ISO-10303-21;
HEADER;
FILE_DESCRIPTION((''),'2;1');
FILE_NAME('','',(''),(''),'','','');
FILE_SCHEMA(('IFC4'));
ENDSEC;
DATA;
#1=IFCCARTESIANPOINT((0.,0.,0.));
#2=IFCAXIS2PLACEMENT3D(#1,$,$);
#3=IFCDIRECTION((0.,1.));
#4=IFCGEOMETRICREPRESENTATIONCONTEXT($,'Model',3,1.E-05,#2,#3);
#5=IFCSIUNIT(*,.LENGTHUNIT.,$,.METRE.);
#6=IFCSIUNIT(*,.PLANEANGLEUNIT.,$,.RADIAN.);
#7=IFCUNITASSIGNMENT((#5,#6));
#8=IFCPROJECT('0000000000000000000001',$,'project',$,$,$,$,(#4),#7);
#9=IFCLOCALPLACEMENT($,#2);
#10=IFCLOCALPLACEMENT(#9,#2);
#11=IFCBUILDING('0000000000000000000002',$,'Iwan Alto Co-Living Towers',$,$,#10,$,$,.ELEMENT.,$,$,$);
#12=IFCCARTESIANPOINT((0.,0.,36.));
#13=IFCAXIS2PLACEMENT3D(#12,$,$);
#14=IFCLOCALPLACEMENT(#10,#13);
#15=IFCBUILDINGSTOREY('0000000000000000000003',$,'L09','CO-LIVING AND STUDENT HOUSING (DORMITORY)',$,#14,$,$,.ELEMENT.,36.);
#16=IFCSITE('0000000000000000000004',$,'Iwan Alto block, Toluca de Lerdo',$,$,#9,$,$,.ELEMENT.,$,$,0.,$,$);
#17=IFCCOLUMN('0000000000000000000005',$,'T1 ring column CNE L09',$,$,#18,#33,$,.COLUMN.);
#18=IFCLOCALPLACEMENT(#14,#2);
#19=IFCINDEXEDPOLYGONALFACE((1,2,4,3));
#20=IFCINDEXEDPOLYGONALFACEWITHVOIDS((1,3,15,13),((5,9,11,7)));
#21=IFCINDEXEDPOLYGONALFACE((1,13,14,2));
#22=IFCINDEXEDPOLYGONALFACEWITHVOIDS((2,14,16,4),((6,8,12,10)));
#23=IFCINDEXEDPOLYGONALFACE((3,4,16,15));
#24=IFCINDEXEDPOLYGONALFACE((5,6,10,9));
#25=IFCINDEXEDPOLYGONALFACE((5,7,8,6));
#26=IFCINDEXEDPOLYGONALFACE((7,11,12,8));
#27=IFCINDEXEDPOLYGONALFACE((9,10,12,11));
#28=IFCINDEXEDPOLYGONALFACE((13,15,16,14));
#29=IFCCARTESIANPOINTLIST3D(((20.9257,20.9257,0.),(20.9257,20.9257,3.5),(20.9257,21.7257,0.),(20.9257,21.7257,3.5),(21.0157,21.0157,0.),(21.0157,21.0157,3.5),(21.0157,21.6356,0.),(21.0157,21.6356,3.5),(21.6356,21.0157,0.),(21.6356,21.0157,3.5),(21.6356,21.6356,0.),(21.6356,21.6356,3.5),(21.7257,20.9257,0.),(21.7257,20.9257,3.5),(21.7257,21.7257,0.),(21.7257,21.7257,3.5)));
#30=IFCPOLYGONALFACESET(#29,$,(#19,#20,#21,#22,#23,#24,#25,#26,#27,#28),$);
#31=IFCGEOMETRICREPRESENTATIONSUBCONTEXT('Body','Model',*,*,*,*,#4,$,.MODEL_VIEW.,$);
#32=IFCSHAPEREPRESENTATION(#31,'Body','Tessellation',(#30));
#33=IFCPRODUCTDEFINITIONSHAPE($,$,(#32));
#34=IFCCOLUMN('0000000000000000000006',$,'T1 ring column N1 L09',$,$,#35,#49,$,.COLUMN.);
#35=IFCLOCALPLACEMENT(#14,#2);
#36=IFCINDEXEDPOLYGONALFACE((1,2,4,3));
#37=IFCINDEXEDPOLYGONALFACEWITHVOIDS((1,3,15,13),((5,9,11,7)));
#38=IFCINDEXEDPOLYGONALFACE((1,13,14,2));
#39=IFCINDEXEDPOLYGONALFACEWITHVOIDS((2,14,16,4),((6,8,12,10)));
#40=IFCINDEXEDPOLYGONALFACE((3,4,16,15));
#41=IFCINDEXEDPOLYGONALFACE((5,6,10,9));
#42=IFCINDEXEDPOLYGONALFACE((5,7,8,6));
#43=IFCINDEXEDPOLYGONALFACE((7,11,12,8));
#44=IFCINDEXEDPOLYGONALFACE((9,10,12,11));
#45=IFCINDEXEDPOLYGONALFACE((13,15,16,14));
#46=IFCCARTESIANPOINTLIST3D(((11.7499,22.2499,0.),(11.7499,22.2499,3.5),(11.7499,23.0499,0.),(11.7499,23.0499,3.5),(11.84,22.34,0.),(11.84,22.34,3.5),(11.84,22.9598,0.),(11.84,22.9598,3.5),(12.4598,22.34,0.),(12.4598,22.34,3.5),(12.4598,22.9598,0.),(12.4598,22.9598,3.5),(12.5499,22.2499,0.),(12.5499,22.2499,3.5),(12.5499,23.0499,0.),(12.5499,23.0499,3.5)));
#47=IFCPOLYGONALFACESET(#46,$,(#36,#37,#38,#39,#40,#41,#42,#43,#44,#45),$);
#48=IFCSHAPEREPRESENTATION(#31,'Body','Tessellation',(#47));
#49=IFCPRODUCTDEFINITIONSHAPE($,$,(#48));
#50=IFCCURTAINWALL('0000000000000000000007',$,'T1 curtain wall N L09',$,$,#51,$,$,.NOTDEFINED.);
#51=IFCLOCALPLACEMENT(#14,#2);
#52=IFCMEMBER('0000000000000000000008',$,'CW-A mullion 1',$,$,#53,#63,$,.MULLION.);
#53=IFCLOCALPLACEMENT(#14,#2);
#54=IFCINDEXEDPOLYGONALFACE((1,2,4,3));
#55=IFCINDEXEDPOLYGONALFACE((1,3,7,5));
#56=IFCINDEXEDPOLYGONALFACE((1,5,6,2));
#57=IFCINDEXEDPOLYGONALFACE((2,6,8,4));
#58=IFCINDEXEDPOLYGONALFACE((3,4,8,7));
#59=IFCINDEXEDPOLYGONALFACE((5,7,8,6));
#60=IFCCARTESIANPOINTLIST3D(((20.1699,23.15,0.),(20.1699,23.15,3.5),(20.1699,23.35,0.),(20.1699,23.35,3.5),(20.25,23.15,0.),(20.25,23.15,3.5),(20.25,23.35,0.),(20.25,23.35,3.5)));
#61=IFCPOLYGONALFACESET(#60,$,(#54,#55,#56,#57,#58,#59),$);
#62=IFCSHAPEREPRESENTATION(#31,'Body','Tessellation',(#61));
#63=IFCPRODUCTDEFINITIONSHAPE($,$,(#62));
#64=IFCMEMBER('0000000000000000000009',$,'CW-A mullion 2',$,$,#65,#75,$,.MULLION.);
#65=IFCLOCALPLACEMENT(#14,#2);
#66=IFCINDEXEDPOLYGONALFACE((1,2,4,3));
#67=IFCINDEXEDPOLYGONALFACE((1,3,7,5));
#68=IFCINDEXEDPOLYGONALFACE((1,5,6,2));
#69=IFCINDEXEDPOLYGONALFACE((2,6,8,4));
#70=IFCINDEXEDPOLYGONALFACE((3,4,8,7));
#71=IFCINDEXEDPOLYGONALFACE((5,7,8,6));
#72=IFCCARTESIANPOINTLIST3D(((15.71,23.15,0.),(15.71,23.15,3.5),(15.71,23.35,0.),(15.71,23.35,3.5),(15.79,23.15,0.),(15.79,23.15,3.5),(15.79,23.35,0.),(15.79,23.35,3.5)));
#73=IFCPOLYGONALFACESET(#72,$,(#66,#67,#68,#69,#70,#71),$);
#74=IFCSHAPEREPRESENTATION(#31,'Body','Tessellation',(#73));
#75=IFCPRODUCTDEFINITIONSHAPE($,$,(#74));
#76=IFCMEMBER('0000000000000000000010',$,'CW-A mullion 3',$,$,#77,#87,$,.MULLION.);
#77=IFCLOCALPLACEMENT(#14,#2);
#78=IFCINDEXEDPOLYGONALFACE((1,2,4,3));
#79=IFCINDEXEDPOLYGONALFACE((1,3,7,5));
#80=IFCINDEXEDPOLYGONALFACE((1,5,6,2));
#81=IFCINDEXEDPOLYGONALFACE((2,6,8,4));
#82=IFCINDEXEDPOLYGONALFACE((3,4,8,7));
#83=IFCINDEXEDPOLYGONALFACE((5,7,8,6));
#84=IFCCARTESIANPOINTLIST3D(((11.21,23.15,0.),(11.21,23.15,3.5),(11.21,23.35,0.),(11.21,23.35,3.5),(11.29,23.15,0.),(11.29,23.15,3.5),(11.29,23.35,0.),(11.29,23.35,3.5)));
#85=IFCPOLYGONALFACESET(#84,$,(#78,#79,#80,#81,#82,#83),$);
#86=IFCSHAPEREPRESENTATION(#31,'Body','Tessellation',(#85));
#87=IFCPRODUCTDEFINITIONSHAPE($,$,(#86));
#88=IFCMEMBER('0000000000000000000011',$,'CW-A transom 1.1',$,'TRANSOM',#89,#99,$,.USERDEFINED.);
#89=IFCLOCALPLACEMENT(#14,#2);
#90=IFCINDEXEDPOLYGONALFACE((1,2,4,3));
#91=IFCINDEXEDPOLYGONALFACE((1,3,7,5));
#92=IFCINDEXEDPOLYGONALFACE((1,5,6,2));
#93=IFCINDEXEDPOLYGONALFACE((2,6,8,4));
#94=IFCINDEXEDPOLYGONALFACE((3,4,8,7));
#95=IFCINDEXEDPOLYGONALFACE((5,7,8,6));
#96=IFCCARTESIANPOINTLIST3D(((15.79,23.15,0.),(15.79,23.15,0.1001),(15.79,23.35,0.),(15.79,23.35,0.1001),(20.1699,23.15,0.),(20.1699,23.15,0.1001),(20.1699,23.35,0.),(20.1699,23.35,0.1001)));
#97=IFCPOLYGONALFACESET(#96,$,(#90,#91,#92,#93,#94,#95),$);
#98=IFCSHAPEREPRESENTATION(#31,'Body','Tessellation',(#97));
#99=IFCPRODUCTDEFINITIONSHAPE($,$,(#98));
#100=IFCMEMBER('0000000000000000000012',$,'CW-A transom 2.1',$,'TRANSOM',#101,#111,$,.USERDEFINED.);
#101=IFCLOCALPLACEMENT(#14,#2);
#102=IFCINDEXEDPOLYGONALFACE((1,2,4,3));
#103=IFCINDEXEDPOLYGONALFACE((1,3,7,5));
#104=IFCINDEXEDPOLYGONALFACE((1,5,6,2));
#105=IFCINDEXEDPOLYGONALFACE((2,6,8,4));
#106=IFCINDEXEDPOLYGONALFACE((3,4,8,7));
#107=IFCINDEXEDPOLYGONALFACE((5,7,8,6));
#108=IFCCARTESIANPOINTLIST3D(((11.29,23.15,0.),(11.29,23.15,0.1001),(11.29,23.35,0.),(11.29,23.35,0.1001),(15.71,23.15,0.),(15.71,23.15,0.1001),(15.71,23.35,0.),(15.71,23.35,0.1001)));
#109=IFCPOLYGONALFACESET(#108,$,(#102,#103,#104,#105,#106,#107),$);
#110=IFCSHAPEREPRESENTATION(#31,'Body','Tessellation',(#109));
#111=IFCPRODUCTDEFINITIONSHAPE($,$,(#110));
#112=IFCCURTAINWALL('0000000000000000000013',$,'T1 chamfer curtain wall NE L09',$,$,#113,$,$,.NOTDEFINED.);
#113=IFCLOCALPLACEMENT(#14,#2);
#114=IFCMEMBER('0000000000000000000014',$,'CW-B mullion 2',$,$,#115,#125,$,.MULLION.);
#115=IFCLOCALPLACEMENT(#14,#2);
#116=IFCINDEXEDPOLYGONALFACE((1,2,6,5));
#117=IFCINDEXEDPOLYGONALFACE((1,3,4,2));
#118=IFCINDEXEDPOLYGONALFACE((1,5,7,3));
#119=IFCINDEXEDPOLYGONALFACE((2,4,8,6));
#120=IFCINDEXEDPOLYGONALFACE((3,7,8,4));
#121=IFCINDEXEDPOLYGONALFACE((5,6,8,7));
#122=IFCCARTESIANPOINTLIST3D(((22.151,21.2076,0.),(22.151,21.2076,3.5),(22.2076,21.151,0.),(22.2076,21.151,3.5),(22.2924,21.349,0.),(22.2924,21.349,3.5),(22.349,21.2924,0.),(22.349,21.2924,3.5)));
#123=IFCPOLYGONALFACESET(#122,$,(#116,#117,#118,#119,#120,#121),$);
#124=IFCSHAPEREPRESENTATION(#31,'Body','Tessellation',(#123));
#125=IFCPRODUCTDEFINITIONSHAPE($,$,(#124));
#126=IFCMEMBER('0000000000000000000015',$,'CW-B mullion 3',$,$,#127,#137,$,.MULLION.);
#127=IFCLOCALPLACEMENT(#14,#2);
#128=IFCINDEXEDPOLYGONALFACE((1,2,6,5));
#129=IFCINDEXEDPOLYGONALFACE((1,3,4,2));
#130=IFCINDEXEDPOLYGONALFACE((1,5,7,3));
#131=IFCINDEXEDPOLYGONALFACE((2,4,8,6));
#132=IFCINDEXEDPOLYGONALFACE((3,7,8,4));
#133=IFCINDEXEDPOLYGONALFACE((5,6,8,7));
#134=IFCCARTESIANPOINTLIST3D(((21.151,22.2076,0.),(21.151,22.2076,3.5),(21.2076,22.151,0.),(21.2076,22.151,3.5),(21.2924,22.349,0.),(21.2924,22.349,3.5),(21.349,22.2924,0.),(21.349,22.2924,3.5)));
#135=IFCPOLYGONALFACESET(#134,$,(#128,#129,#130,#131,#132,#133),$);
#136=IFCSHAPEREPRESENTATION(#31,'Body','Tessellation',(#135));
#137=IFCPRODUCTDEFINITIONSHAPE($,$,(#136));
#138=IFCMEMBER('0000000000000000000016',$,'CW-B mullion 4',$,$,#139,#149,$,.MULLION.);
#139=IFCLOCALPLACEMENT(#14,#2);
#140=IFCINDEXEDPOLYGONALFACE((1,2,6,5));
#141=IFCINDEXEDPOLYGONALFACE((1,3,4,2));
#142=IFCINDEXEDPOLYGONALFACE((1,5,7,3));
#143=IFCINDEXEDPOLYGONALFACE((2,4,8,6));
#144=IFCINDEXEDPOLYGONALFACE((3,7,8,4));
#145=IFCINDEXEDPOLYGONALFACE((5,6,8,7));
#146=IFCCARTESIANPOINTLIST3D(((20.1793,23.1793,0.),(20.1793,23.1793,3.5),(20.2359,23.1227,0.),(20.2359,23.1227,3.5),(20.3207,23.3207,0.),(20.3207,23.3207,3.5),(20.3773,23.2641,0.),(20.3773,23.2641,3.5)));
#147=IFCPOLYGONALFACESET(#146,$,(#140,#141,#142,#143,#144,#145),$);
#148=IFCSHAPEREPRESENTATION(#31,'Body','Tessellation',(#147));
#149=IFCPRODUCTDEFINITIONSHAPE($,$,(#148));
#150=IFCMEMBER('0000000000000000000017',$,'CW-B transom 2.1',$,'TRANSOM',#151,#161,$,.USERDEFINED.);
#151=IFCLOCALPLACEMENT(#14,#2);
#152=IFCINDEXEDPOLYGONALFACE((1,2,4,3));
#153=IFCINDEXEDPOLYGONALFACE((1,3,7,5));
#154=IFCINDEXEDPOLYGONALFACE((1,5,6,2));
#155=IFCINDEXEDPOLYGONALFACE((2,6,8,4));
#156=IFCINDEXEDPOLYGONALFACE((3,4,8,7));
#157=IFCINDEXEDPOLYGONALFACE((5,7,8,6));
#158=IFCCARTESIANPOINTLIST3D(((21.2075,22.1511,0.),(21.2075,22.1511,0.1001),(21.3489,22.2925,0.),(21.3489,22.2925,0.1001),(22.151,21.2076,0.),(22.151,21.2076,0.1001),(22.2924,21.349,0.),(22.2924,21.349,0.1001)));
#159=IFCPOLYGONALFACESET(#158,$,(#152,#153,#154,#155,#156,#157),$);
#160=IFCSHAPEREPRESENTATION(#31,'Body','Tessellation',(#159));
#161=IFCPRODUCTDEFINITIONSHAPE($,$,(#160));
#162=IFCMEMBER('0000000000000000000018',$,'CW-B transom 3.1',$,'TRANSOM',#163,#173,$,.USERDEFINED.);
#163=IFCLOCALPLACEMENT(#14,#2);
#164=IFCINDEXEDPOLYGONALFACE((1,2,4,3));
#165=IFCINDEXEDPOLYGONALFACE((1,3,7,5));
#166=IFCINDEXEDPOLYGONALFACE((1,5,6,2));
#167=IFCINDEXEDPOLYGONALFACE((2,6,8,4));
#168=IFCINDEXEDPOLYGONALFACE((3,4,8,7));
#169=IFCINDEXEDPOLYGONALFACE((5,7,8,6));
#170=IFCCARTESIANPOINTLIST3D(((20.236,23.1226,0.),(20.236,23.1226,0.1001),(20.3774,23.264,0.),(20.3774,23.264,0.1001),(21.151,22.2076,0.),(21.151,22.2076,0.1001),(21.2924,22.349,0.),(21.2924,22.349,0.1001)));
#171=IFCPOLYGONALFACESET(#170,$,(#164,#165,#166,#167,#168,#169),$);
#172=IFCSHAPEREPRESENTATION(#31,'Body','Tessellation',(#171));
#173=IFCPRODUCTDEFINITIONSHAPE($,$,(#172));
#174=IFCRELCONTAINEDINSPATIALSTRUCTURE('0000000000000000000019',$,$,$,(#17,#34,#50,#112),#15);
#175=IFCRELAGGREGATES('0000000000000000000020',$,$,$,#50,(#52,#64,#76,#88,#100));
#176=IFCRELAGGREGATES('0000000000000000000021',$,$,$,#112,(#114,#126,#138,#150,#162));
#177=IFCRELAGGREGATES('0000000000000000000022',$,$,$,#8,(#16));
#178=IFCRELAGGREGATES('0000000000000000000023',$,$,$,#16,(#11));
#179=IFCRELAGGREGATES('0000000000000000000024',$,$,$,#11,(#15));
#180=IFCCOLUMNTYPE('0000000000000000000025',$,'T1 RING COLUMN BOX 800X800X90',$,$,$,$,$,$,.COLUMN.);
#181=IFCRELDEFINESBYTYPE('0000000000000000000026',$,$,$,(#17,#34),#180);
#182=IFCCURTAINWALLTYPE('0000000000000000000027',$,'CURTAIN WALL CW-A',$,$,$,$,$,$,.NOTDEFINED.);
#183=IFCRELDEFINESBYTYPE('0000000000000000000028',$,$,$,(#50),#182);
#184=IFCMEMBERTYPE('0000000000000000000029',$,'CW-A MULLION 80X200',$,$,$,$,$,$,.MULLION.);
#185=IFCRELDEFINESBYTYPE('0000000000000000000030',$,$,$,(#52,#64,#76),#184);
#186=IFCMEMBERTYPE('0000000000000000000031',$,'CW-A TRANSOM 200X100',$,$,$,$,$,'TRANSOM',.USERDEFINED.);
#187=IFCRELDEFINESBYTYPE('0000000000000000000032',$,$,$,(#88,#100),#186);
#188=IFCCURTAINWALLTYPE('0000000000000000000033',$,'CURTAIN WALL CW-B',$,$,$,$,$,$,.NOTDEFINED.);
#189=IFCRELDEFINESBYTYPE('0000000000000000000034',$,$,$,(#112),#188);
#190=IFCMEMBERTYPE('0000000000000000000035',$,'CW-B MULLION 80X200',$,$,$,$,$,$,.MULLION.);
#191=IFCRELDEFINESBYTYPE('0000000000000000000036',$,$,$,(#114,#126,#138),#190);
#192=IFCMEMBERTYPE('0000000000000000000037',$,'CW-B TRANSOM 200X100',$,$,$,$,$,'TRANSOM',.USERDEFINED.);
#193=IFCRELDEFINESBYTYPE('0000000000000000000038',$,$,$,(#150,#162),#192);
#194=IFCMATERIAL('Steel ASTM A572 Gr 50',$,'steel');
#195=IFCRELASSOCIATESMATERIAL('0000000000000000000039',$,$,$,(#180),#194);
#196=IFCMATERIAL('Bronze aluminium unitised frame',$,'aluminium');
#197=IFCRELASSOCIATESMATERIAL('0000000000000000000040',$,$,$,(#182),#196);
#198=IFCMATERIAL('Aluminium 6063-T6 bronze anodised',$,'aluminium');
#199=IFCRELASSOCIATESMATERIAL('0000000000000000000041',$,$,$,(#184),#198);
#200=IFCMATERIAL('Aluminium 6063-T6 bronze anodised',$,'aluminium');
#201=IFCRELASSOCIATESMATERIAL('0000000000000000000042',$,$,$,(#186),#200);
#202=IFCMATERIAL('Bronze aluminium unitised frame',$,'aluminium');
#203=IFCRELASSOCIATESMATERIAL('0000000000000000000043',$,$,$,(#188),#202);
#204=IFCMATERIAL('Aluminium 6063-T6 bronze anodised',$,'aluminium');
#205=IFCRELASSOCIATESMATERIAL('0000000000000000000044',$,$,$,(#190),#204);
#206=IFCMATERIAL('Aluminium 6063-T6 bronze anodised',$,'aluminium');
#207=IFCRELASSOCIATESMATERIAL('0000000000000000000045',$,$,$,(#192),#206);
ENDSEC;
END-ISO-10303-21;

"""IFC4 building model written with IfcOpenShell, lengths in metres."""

from ifc_helpers import new_model, si_unit, direction, frame, origin, origin_2d, place, context, subcontext, project, spatial, rectangle, hollow_rectangle, extrude, material, material_profile, profile_set, type_object, element, aggregate, save


model = new_model("IFC4")

# Units and contexts
model_context = context("Model", 3, precision=1e-05, world=origin(), true_north=direction((0.0, 1.0)))
body_context = subcontext(model_context, "Body", "Model", "MODEL_VIEW")
ifc_project = project(units=[si_unit("LENGTHUNIT", "METRE"), si_unit("PLANEANGLEUNIT", "RADIAN")], contexts=[model_context])

# Site, building, storey
site_placement = place(None, origin())
site = spatial("IfcSite", under=ifc_project, at=site_placement, Name="Iwan Alto block, Toluca de Lerdo", CompositionType="ELEMENT", RefElevation=0.0)
building_placement = place(site_placement, origin())
building = spatial("IfcBuilding", under=site, at=building_placement, Name="Iwan Alto Co-Living Towers", CompositionType="ELEMENT")
storey_placement = place(building_placement, frame((0.0, 0.0, 36.0)))
storey = spatial("IfcBuildingStorey", under=building, at=storey_placement, Name="L09", Description="CO-LIVING AND STUDENT HOUSING (DORMITORY)", CompositionType="ELEMENT", Elevation=36.0)

# Columns
ifc_material_1 = material(Name="Steel ASTM A572 Gr 50", Category="steel")
ifc_material_profile_1 = material_profile(ifc_material_1, hollow_rectangle(XDim=0.8, YDim=0.8, WallThickness=0.0901, at=origin_2d()), Name="BOX 800X800X90")
ifc_profile_set_1 = profile_set([ifc_material_profile_1], Name="Steel ASTM A572 Gr 50")
column_type = type_object("IfcColumnType", Name="T1 RING COLUMN BOX 800X800X90", PredefinedType="COLUMN", material=ifc_profile_set_1)
for number, where, z_axis, x_axis, name in (
    (1, (21.3257, 21.3257, 0.0), (0.0, 0.0, 1.0), (1.0, 0.0, 0.0), "T1 ring column CNE L09"),
    (2, (12.1499, 22.6499, 0.0), (0.0, 0.0, 1.0), (1.0, 0.0, 0.0), "T1 ring column N1 L09"),
):
    element("IfcColumn", number, at=place(storey_placement, frame(where, z_axis=z_axis, x_axis=x_axis)), inside=storey, type_object=column_type, Name=name, PredefinedType="COLUMN", context=body_context, shape_type="SweptSolid", body=[
        extrude(hollow_rectangle(XDim=0.8, YDim=0.8, WallThickness=0.0901, at=origin_2d()), origin(), (0.0, 0.0, 1.0), 3.5),
    ])

# Curtain walls, members
ifc_material_2 = material(Name="Bronze aluminium unitised frame", Category="aluminium")
curtain_wall_type_1 = type_object("IfcCurtainWallType", Name="CURTAIN WALL CW-A", PredefinedType="NOTDEFINED", material=ifc_material_2)
curtain_wall_1_placement = place(storey_placement, origin())
curtain_wall_1 = element("IfcCurtainWall", 3, at=curtain_wall_1_placement, inside=storey, type_object=curtain_wall_type_1, Name="T1 curtain wall N L09", PredefinedType="NOTDEFINED")
ifc_material_3 = material(Name="Aluminium 6063-T6 bronze anodised", Category="aluminium")
ifc_material_profile_2 = material_profile(ifc_material_3, rectangle(XDim=0.2, YDim=0.0801, at=origin_2d()), Name="AL 80X200")
ifc_profile_set_2 = profile_set([ifc_material_profile_2], Name="Aluminium 6063-T6 bronze anodised")
member_type_1 = type_object("IfcMemberType", Name="CW-A MULLION 80X200", PredefinedType="MULLION", material=ifc_profile_set_2)
member_1_placement = place(storey_placement, frame((20.21, 23.25, 0.0), z_axis=(0.0, 0.0, 1.0), x_axis=(0.0, -1.0, 0.0)))
member_1 = element("IfcMember", 4, at=member_1_placement, type_object=member_type_1, Name="CW-A mullion 1", PredefinedType="MULLION", context=body_context, shape_type="SweptSolid", body=[
    extrude(rectangle(XDim=0.2, YDim=0.0801, at=origin_2d()), origin(), (0.0, 0.0, 1.0), 3.5),
])
member_2_placement = place(storey_placement, frame((15.75, 23.25, 0.0), z_axis=(0.0, 0.0, 1.0), x_axis=(0.0, -1.0, 0.0)))
member_2 = element("IfcMember", 5, at=member_2_placement, type_object=member_type_1, Name="CW-A mullion 2", PredefinedType="MULLION", context=body_context, shape_type="SweptSolid", body=[
    extrude(rectangle(XDim=0.2, YDim=0.0801, at=origin_2d()), origin(), (0.0, 0.0, 1.0), 3.5),
])
member_3_placement = place(storey_placement, frame((11.25, 23.25, 0.0), z_axis=(0.0, 0.0, 1.0), x_axis=(0.0, -1.0, 0.0)))
member_3 = element("IfcMember", 6, at=member_3_placement, type_object=member_type_1, Name="CW-A mullion 3", PredefinedType="MULLION", context=body_context, shape_type="SweptSolid", body=[
    extrude(rectangle(XDim=0.2, YDim=0.0801, at=origin_2d()), origin(), (0.0, 0.0, 1.0), 3.5),
])
ifc_material_4 = material(Name="Aluminium 6063-T6 bronze anodised", Category="aluminium")
ifc_material_profile_3 = material_profile(ifc_material_4, rectangle(XDim=0.2, YDim=0.1001, at=origin_2d()), Name="AL 200X100")
ifc_profile_set_3 = profile_set([ifc_material_profile_3], Name="Aluminium 6063-T6 bronze anodised")
member_type_2 = type_object("IfcMemberType", Name="CW-A TRANSOM 200X100", ElementType="TRANSOM", PredefinedType="USERDEFINED", material=ifc_profile_set_3)
member_4_placement = place(storey_placement, frame((20.1699, 23.25, 0.05), z_axis=(-1.0, 0.0, 0.0), x_axis=(0.0, -1.0, 0.0)))
member_4 = element("IfcMember", 7, at=member_4_placement, type_object=member_type_2, Name="CW-A transom 1.1", ObjectType="TRANSOM", PredefinedType="USERDEFINED", context=body_context, shape_type="SweptSolid", body=[
    extrude(rectangle(XDim=0.2, YDim=0.1001, at=origin_2d()), origin(), (0.0, 0.0, 1.0), 4.3799),
])
member_5_placement = place(storey_placement, frame((15.71, 23.25, 0.05), z_axis=(-1.0, 0.0, 0.0), x_axis=(0.0, -1.0, 0.0)))
member_5 = element("IfcMember", 8, at=member_5_placement, type_object=member_type_2, Name="CW-A transom 2.1", ObjectType="TRANSOM", PredefinedType="USERDEFINED", context=body_context, shape_type="SweptSolid", body=[
    extrude(rectangle(XDim=0.2, YDim=0.1001, at=origin_2d()), origin(), (0.0, 0.0, 1.0), 4.4199),
])
ifc_material_5 = material(Name="Bronze aluminium unitised frame", Category="aluminium")
curtain_wall_type_2 = type_object("IfcCurtainWallType", Name="CURTAIN WALL CW-B", PredefinedType="NOTDEFINED", material=ifc_material_5)
curtain_wall_2_placement = place(storey_placement, origin())
curtain_wall_2 = element("IfcCurtainWall", 9, at=curtain_wall_2_placement, inside=storey, type_object=curtain_wall_type_2, Name="T1 chamfer curtain wall NE L09", PredefinedType="NOTDEFINED")
ifc_material_6 = material(Name="Aluminium 6063-T6 bronze anodised", Category="aluminium")
ifc_material_profile_4 = material_profile(ifc_material_6, rectangle(XDim=0.2, YDim=0.0801, at=origin_2d()), Name="AL 80X200")
ifc_profile_set_4 = profile_set([ifc_material_profile_4], Name="Aluminium 6063-T6 bronze anodised")
member_type_3 = type_object("IfcMemberType", Name="CW-B MULLION 80X200", PredefinedType="MULLION", material=ifc_profile_set_4)
member_6_placement = place(storey_placement, frame((22.25, 21.25, 0.0), z_axis=(0.0, 0.0, 1.0), x_axis=(-0.707107, -0.707107, 0.0)))
member_6 = element("IfcMember", 10, at=member_6_placement, type_object=member_type_3, Name="CW-B mullion 2", PredefinedType="MULLION", context=body_context, shape_type="SweptSolid", body=[
    extrude(rectangle(XDim=0.2, YDim=0.0801, at=origin_2d()), origin(), (0.0, 0.0, 1.0), 3.5),
])
member_7_placement = place(storey_placement, frame((21.25, 22.25, 0.0), z_axis=(0.0, 0.0, 1.0), x_axis=(-0.707107, -0.707107, 0.0)))
member_7 = element("IfcMember", 11, at=member_7_placement, type_object=member_type_3, Name="CW-B mullion 3", PredefinedType="MULLION", context=body_context, shape_type="SweptSolid", body=[
    extrude(rectangle(XDim=0.2, YDim=0.0801, at=origin_2d()), origin(), (0.0, 0.0, 1.0), 3.5),
])
member_8_placement = place(storey_placement, frame((20.2783, 23.2217, 0.0), z_axis=(0.0, 0.0, 1.0), x_axis=(-0.707107, -0.707107, 0.0)))
member_8 = element("IfcMember", 12, at=member_8_placement, type_object=member_type_3, Name="CW-B mullion 4", PredefinedType="MULLION", context=body_context, shape_type="SweptSolid", body=[
    extrude(rectangle(XDim=0.2, YDim=0.0801, at=origin_2d()), origin(), (0.0, 0.0, 1.0), 3.5),
])
ifc_material_7 = material(Name="Aluminium 6063-T6 bronze anodised", Category="aluminium")
ifc_material_profile_5 = material_profile(ifc_material_7, rectangle(XDim=0.2, YDim=0.1001, at=origin_2d()), Name="AL 200X100")
ifc_profile_set_5 = profile_set([ifc_material_profile_5], Name="Aluminium 6063-T6 bronze anodised")
member_type_4 = type_object("IfcMemberType", Name="CW-B TRANSOM 200X100", ElementType="TRANSOM", PredefinedType="USERDEFINED", material=ifc_profile_set_5)
member_9_placement = place(storey_placement, frame((22.2217, 21.2783, 0.05), z_axis=(-0.707107, 0.707107, 0.0), x_axis=(-0.707107, -0.707107, 0.0)))
member_9 = element("IfcMember", 13, at=member_9_placement, type_object=member_type_4, Name="CW-B transom 2.1", ObjectType="TRANSOM", PredefinedType="USERDEFINED", context=body_context, shape_type="SweptSolid", body=[
    extrude(rectangle(XDim=0.2, YDim=0.1001, at=origin_2d()), origin(), (0.0, 0.0, 1.0), 1.3342),
])
member_10_placement = place(storey_placement, frame((21.2217, 22.2783, 0.05), z_axis=(-0.707107, 0.707107, 0.0), x_axis=(-0.707107, -0.707107, 0.0)))
member_10 = element("IfcMember", 14, at=member_10_placement, type_object=member_type_4, Name="CW-B transom 3.1", ObjectType="TRANSOM", PredefinedType="USERDEFINED", context=body_context, shape_type="SweptSolid", body=[
    extrude(rectangle(XDim=0.2, YDim=0.1001, at=origin_2d()), origin(), (0.0, 0.0, 1.0), 1.2939),
])

aggregate(curtain_wall_1, [member_1, member_2, member_3, member_4, member_5])
aggregate(curtain_wall_2, [member_6, member_7, member_8, member_9, member_10])

save(model, "model.ifc")
